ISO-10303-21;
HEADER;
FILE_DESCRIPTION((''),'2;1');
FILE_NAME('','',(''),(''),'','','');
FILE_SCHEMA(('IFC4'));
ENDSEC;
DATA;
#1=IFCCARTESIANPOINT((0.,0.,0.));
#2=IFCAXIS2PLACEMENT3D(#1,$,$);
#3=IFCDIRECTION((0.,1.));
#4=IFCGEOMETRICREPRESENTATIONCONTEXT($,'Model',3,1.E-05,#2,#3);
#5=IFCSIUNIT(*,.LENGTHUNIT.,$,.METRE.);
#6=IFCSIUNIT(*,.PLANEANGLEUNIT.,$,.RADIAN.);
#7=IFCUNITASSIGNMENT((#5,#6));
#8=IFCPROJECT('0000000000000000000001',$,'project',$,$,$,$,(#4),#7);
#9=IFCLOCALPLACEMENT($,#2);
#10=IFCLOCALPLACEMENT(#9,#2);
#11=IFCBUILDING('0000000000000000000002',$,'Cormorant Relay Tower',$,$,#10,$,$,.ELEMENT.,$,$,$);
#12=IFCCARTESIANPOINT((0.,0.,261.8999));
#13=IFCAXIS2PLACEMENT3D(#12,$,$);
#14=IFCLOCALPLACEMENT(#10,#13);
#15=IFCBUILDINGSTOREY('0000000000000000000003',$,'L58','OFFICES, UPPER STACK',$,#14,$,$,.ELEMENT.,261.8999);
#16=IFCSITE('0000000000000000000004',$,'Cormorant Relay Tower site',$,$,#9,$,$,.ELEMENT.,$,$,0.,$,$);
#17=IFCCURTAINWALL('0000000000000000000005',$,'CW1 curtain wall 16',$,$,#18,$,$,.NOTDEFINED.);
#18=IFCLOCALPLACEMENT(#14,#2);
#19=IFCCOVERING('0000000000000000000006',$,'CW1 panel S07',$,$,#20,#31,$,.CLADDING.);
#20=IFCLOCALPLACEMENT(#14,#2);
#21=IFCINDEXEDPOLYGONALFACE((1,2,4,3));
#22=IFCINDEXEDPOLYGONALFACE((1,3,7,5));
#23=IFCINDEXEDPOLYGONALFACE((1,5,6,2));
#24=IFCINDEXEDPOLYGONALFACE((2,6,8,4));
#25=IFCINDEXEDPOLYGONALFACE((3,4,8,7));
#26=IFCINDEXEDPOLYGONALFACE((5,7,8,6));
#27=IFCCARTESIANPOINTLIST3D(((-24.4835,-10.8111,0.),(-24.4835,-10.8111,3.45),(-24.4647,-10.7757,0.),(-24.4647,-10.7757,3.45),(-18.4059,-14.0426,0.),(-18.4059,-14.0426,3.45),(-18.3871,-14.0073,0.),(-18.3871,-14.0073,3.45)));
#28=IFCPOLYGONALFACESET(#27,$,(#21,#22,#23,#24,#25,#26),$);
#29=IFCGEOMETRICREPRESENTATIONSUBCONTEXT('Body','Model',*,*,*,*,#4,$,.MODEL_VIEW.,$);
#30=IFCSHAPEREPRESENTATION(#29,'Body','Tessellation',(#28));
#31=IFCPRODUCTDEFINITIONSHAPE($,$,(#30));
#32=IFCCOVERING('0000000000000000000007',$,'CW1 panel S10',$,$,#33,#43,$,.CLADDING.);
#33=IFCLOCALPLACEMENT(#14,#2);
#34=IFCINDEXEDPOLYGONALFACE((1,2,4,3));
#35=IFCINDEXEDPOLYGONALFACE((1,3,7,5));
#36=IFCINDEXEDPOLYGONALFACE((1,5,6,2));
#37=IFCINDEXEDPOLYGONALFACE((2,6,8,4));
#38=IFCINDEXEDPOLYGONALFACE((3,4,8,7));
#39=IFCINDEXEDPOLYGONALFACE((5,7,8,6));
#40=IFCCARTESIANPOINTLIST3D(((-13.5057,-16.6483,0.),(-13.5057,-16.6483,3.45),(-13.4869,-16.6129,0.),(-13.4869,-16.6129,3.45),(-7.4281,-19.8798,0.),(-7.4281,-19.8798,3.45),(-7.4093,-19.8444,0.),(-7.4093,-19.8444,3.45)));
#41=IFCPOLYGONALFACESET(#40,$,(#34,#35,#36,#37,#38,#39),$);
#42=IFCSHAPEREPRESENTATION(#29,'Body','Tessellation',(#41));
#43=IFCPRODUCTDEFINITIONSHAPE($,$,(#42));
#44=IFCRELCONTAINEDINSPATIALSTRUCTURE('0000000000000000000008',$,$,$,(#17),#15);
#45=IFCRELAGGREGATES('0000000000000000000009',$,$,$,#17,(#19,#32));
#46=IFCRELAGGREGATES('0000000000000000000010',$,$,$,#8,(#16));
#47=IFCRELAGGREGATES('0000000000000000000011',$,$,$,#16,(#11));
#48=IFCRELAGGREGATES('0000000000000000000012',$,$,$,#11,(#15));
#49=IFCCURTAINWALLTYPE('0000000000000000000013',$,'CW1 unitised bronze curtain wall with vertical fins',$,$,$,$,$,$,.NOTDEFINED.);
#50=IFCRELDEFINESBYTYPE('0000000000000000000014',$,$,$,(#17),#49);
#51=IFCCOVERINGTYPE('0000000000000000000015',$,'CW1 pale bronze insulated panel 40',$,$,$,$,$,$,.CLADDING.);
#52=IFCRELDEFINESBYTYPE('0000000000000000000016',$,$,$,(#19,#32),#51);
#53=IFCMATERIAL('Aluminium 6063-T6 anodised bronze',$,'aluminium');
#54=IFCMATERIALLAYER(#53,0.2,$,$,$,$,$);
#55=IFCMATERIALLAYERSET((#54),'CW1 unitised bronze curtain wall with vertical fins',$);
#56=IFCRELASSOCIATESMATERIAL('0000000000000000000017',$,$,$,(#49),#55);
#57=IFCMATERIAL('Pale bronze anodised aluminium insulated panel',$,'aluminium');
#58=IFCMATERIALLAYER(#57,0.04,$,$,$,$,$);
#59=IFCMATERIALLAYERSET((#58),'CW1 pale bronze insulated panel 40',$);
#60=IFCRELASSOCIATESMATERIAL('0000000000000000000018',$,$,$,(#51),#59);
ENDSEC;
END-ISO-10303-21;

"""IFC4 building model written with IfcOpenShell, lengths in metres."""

from ifc_helpers import new_model, si_unit, direction, frame, origin, origin_2d, place, context, subcontext, project, spatial, rectangle, extrude, material, layer, layer_set, type_object, element, aggregate, save


model = new_model("IFC4")

# Units and contexts
model_context = context("Model", 3, precision=1e-05, world=origin(), true_north=direction((0.0, 1.0)))
body_context = subcontext(model_context, "Body", "Model", "MODEL_VIEW")
ifc_project = project(units=[si_unit("LENGTHUNIT", "METRE"), si_unit("PLANEANGLEUNIT", "RADIAN")], contexts=[model_context])

# Site, building, storey
site_placement = place(None, origin())
site = spatial("IfcSite", under=ifc_project, at=site_placement, Name="Cormorant Relay Tower site", CompositionType="ELEMENT", RefElevation=0.0)
building_placement = place(site_placement, origin())
building = spatial("IfcBuilding", under=site, at=building_placement, Name="Cormorant Relay Tower", CompositionType="ELEMENT")
storey_placement = place(building_placement, frame((0.0, 0.0, 261.8999)))
storey = spatial("IfcBuildingStorey", under=building, at=storey_placement, Name="L58", Description="OFFICES, UPPER STACK", CompositionType="ELEMENT", Elevation=261.8999)

# Curtain wall
ifc_material_1 = material(Name="Aluminium 6063-T6 anodised bronze", Category="aluminium")
ifc_layer_1 = layer(ifc_material_1, 0.2)
ifc_layer_set_1 = layer_set([ifc_layer_1], Name="CW1 unitised bronze curtain wall with vertical fins")
curtain_wall_type = type_object("IfcCurtainWallType", Name="CW1 unitised bronze curtain wall with vertical fins", PredefinedType="NOTDEFINED", material=ifc_layer_set_1)
curtain_wall_placement = place(storey_placement, origin())
curtain_wall = element("IfcCurtainWall", 1, at=curtain_wall_placement, inside=storey, type_object=curtain_wall_type, Name="CW1 curtain wall 16", PredefinedType="NOTDEFINED")

# Coverings
ifc_material_2 = material(Name="Pale bronze anodised aluminium insulated panel", Category="aluminium")
ifc_layer_2 = layer(ifc_material_2, 0.04)
ifc_layer_set_2 = layer_set([ifc_layer_2], Name="CW1 pale bronze insulated panel 40")
covering_type = type_object("IfcCoveringType", Name="CW1 pale bronze insulated panel 40", PredefinedType="CLADDING", material=ifc_layer_set_2)
covering_1_placement = place(storey_placement, frame((-21.4353, -12.4092, 0.0), z_axis=(0.0, 0.0, 1.0), x_axis=(0.882948, -0.469472, 0.0)))
covering_1 = element("IfcCovering", 2, at=covering_1_placement, type_object=covering_type, Name="CW1 panel S07", PredefinedType="CLADDING", context=body_context, shape_type="SweptSolid", body=[
    extrude(rectangle(XDim=6.8833, YDim=0.04, at=origin_2d()), origin(), (0.0, 0.0, 1.0), 3.45),
])
covering_2_placement = place(storey_placement, frame((-10.4575, -18.2463, 0.0), z_axis=(0.0, 0.0, 1.0), x_axis=(0.882948, -0.469472, 0.0)))
covering_2 = element("IfcCovering", 3, at=covering_2_placement, type_object=covering_type, Name="CW1 panel S10", PredefinedType="CLADDING", context=body_context, shape_type="SweptSolid", body=[
    extrude(rectangle(XDim=6.8833, YDim=0.04, at=origin_2d()), origin(), (0.0, 0.0, 1.0), 3.45),
])
aggregate(curtain_wall, [covering_1, covering_2])

save(model, "model.ifc")
